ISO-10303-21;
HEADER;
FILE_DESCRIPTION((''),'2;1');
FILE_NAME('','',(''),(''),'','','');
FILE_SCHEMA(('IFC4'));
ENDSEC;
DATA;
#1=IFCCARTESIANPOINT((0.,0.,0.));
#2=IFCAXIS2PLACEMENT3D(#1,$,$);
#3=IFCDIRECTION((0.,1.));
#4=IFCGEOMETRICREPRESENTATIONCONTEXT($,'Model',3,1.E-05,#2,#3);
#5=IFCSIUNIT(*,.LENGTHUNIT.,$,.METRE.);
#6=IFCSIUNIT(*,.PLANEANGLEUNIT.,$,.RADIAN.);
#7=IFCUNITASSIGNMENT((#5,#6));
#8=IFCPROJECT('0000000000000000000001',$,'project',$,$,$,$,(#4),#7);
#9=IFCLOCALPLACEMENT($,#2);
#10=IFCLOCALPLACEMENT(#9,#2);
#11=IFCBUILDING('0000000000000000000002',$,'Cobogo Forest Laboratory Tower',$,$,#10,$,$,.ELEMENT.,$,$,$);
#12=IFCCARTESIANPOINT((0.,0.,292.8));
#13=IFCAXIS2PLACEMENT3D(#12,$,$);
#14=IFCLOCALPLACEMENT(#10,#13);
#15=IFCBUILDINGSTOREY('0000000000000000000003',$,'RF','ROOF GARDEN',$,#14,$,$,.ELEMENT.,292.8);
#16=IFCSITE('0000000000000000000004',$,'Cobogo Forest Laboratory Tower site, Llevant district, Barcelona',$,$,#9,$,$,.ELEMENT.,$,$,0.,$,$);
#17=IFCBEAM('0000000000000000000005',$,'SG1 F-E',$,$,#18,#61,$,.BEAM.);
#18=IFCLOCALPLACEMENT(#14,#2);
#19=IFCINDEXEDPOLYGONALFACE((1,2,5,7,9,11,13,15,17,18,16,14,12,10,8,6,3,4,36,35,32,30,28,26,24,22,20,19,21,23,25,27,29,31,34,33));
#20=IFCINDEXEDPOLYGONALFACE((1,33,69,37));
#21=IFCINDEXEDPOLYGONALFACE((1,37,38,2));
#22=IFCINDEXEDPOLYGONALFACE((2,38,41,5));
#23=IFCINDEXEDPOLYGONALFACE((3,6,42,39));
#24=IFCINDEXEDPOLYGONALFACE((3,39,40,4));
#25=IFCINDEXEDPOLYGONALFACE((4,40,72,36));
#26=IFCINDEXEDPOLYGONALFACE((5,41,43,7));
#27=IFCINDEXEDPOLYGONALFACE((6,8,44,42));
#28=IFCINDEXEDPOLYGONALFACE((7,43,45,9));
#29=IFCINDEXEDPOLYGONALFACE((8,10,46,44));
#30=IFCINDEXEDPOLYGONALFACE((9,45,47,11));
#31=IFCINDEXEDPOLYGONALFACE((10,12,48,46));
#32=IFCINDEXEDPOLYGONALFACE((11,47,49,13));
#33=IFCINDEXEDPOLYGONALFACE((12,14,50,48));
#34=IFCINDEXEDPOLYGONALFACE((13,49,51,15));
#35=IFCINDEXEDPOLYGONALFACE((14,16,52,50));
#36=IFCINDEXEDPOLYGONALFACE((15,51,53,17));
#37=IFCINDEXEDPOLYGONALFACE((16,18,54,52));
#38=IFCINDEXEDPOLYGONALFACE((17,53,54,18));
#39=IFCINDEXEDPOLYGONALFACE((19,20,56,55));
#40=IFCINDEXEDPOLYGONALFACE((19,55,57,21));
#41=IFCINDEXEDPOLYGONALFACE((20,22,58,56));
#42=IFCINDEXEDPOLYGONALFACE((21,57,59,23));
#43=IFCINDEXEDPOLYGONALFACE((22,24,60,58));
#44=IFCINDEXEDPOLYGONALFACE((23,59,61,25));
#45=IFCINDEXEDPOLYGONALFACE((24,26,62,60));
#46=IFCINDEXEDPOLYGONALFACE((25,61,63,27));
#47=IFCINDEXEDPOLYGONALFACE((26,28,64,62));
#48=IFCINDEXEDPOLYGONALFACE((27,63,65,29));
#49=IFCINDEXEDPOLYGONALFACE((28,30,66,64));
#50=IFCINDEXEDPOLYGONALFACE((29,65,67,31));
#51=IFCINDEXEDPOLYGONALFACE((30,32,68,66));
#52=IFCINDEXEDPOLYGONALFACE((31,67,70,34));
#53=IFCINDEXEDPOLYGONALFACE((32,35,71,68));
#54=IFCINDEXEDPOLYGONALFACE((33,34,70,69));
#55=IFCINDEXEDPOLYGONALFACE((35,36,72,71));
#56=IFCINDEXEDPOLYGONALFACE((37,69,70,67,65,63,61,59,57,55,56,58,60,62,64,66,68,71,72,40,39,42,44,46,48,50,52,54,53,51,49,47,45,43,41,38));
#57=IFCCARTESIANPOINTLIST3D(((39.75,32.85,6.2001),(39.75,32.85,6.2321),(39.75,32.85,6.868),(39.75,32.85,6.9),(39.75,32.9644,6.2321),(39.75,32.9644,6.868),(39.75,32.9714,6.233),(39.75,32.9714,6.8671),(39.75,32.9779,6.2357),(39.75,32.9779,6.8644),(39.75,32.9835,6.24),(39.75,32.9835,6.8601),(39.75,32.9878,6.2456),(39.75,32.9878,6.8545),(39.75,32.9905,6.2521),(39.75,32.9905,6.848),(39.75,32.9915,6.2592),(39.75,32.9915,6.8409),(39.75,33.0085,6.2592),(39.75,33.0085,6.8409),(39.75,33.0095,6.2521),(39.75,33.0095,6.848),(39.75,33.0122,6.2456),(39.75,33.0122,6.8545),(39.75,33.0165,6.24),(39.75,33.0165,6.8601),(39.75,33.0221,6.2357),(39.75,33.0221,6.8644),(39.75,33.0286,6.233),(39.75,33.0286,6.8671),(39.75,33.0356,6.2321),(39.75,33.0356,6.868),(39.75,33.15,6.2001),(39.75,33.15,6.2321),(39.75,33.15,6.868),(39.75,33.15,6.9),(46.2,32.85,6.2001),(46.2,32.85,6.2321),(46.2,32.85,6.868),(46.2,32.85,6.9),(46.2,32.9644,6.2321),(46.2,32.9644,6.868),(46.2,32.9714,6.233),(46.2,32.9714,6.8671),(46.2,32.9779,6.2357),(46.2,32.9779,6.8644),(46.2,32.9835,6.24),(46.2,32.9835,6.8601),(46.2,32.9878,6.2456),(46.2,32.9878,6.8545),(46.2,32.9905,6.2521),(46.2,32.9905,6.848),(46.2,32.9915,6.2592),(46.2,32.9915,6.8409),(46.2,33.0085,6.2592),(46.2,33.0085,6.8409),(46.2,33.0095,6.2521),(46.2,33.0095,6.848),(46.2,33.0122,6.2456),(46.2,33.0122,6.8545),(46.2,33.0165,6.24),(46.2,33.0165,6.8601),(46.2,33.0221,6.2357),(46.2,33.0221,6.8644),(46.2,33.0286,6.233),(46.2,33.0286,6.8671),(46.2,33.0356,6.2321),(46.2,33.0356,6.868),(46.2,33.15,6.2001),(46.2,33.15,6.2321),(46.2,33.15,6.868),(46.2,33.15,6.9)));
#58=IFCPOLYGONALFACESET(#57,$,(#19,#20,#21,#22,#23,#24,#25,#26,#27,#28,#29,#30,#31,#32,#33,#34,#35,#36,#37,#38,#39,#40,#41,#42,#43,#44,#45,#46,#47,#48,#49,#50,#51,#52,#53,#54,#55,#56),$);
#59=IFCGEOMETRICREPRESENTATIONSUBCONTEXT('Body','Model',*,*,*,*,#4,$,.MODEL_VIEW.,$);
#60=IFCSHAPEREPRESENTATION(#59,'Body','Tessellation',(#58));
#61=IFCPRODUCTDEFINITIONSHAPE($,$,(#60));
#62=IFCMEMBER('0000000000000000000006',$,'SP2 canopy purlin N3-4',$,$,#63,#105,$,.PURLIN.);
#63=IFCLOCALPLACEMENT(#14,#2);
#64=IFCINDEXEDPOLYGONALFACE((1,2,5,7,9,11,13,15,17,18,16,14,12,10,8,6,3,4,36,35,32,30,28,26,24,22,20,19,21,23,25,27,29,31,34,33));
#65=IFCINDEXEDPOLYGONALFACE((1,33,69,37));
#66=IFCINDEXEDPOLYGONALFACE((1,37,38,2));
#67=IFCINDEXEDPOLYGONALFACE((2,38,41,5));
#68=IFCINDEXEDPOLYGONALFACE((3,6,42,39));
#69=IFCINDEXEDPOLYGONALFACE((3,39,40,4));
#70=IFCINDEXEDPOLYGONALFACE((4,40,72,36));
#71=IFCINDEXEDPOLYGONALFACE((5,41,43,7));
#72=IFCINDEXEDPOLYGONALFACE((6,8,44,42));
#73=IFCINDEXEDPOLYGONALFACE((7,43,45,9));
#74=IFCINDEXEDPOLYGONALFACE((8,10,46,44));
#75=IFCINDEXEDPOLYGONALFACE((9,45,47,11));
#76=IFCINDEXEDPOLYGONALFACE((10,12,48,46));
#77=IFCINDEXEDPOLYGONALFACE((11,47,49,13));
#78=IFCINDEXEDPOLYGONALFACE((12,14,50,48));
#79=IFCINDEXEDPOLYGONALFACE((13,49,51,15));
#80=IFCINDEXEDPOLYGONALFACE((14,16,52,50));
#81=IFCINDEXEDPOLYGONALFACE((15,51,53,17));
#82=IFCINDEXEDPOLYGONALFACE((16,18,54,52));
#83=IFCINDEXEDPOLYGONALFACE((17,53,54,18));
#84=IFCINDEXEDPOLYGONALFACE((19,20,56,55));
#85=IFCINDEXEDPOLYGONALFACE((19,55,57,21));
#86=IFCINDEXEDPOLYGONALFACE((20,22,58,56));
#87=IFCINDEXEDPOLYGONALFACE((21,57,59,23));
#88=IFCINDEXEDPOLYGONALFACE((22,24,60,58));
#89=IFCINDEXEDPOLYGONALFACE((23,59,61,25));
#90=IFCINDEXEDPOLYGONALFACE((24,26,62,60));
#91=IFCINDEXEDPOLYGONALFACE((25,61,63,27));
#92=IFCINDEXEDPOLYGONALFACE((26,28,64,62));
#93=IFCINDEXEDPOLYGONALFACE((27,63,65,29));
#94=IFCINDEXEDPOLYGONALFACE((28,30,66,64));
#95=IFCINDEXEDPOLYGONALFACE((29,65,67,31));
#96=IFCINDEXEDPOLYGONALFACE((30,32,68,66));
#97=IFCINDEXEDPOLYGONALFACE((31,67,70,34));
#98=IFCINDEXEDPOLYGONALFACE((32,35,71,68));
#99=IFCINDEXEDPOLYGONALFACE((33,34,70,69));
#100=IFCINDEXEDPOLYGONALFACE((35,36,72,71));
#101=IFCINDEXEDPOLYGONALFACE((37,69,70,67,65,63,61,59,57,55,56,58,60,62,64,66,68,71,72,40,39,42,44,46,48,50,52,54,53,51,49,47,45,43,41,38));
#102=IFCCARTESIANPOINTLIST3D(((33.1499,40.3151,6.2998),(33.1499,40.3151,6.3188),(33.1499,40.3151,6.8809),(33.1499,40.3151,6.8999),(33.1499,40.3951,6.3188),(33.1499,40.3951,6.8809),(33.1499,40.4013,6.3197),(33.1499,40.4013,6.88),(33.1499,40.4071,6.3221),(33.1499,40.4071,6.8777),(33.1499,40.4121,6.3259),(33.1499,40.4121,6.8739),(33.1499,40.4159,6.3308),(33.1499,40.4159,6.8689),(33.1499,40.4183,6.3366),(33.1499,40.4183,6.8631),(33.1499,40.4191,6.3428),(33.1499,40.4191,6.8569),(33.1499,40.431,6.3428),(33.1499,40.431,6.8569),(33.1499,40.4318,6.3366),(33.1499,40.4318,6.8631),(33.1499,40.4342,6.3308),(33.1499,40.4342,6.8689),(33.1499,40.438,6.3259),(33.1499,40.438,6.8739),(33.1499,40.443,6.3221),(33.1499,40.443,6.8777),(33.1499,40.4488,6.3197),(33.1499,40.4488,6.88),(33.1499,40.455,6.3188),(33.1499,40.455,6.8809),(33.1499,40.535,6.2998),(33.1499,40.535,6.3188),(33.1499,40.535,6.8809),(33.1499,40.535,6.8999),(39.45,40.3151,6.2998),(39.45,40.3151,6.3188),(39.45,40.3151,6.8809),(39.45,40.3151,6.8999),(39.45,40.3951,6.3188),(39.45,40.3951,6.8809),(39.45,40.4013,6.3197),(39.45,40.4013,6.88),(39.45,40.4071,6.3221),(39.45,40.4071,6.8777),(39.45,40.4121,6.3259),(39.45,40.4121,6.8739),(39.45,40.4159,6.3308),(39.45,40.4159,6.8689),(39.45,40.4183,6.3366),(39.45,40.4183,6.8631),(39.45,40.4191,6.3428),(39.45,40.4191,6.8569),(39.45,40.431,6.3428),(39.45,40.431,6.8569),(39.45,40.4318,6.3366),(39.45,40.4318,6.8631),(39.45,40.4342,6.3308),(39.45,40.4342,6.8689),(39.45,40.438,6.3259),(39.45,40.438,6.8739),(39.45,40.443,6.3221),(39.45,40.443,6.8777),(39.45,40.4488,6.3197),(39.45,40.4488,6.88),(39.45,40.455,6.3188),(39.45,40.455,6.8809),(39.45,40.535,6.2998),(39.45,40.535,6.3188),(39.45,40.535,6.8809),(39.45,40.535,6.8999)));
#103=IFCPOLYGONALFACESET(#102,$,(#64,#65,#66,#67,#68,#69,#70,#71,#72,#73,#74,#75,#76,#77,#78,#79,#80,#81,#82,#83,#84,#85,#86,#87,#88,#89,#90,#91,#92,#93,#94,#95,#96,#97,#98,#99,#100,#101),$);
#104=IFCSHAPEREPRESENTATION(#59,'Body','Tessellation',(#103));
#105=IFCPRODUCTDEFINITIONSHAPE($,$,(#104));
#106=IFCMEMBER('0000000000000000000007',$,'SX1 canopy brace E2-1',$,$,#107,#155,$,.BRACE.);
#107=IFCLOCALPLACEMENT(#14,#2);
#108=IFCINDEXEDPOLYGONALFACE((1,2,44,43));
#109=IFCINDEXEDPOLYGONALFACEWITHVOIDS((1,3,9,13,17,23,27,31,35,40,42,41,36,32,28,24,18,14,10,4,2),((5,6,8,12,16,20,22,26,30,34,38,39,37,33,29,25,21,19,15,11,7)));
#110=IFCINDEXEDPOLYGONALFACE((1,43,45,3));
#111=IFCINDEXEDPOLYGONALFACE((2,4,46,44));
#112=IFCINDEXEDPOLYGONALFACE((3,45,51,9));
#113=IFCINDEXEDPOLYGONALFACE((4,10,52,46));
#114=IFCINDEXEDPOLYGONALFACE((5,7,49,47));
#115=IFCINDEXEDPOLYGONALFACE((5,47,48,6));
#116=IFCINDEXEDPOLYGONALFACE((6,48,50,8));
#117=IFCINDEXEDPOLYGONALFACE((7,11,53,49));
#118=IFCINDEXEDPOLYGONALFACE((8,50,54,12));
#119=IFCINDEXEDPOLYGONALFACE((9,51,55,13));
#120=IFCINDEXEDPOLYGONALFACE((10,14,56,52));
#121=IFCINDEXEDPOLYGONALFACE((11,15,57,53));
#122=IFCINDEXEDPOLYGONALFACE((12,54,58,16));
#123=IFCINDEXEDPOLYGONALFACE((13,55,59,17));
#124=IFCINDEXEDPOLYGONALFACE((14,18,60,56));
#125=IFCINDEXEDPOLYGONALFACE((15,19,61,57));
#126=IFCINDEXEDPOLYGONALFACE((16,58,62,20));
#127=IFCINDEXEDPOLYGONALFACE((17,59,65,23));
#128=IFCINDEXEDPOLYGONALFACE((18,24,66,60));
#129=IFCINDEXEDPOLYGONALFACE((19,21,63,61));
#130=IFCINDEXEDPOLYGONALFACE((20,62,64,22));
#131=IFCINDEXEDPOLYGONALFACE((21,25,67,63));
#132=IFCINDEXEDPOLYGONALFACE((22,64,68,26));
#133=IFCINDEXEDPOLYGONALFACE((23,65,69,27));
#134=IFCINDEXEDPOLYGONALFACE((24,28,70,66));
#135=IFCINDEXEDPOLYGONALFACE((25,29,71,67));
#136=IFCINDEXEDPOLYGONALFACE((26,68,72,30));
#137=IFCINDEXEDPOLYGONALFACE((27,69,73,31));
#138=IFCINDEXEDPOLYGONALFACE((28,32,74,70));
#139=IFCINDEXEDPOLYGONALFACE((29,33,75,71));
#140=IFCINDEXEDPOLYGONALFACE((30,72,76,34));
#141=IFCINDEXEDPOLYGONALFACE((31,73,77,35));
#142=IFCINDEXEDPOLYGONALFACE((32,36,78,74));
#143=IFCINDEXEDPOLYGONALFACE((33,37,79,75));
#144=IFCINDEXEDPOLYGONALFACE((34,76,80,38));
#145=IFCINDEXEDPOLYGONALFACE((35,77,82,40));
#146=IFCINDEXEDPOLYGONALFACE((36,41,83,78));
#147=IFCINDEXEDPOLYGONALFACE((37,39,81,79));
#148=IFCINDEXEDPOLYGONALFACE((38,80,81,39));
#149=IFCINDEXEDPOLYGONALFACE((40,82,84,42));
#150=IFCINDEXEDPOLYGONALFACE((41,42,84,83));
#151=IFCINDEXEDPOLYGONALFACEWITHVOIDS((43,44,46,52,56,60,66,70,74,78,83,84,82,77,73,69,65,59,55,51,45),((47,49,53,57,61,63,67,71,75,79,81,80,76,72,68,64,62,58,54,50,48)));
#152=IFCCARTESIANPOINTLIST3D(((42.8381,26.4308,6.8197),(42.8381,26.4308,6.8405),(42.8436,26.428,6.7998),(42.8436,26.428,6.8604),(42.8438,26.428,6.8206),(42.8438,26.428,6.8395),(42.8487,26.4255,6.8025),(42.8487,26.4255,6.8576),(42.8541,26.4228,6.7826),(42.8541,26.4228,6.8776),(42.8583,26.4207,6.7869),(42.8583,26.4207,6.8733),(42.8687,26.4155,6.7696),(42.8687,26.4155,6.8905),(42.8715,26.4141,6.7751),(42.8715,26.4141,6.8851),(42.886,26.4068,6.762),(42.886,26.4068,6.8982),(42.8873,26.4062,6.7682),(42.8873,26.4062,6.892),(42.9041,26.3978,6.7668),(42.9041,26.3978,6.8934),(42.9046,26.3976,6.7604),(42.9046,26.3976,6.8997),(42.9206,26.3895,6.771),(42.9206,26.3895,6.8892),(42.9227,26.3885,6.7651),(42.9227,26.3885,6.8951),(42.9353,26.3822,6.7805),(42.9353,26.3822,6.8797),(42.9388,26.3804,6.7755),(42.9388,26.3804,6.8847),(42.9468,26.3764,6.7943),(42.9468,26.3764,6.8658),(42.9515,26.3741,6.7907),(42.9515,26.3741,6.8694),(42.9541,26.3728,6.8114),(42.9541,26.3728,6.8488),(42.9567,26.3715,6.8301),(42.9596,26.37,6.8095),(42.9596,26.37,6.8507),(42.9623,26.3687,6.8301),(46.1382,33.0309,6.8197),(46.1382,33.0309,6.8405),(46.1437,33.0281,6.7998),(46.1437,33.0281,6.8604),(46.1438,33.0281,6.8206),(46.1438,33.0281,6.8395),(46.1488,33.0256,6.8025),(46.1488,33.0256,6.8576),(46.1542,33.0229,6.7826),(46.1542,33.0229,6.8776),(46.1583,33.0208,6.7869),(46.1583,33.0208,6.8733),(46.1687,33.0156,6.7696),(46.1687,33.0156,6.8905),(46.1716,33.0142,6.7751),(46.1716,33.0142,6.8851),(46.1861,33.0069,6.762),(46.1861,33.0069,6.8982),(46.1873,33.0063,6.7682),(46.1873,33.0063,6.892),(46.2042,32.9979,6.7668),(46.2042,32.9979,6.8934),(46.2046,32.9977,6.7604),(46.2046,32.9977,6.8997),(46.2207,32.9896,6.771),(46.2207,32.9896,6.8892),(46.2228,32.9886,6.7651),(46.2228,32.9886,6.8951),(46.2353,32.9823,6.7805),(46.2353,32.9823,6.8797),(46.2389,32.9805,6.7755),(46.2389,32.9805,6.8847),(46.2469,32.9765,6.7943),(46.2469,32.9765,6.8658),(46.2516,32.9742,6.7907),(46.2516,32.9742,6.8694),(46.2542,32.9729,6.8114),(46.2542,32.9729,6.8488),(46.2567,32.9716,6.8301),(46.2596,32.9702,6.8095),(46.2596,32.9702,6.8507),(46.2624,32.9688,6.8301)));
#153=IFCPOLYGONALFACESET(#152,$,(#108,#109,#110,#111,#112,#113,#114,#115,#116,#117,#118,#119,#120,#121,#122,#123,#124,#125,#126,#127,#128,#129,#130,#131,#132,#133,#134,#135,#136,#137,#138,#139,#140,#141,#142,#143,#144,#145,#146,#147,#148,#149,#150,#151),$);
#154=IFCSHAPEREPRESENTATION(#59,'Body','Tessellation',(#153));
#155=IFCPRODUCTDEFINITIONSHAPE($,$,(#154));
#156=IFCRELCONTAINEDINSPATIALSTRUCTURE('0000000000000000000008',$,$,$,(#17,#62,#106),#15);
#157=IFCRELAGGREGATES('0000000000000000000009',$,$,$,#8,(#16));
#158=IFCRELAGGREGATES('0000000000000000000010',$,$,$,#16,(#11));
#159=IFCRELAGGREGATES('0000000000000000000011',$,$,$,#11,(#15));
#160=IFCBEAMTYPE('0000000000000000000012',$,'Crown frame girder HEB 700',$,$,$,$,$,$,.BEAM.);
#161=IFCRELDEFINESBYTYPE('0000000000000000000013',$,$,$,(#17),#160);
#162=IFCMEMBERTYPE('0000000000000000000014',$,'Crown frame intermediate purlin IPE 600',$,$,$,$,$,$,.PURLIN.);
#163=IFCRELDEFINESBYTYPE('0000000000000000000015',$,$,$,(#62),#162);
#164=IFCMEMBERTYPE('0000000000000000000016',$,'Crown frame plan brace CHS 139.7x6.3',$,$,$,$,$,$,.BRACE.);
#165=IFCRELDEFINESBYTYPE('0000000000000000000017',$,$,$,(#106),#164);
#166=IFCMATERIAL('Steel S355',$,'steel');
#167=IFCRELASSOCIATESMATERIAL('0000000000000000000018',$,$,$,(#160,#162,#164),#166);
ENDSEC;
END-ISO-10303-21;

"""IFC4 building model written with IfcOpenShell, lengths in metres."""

from ifc_helpers import new_model, si_unit, direction, frame, origin, origin_2d, place, context, subcontext, project, spatial, hollow_circle, i_section, extrude, material, material_profile, profile_set, type_object, element, save


model = new_model("IFC4")

# Units and contexts
model_context = context("Model", 3, precision=1e-05, world=origin(), true_north=direction((0.0, 1.0)))
body_context = subcontext(model_context, "Body", "Model", "MODEL_VIEW")
ifc_project = project(units=[si_unit("LENGTHUNIT", "METRE"), si_unit("PLANEANGLEUNIT", "RADIAN")], contexts=[model_context])

# Site, building, storey
site_placement = place(None, origin())
site = spatial("IfcSite", under=ifc_project, at=site_placement, Name="Cobogo Forest Laboratory Tower site, Llevant district, Barcelona", CompositionType="ELEMENT", RefElevation=0.0)
building_placement = place(site_placement, origin())
building = spatial("IfcBuilding", under=site, at=building_placement, Name="Cobogo Forest Laboratory Tower", CompositionType="ELEMENT")
storey_placement = place(building_placement, frame((0.0, 0.0, 292.8)))
storey = spatial("IfcBuildingStorey", under=building, at=storey_placement, Name="RF", Description="ROOF GARDEN", CompositionType="ELEMENT", Elevation=292.8)

# Shared definitions
ifc_material_1 = material(Name="Steel S355", Category="steel")

# Beam
ifc_material_profile_1 = material_profile(ifc_material_1, i_section(OverallWidth=0.3, OverallDepth=0.7, WebThickness=0.0171, FlangeThickness=0.032, FilletRadius=0.0271, at=origin_2d()), Name="HEB 700")
ifc_profile_set_1 = profile_set([ifc_material_profile_1], Name="Steel S355")
beam_type_1 = type_object("IfcBeamType", Name="Crown frame girder HEB 700", PredefinedType="BEAM", material=ifc_profile_set_1)
beam_1_placement = place(storey_placement, frame((39.75, 33.0, 6.55), z_axis=(1.0, 0.0, 0.0), x_axis=(0.0, 1.0, 0.0)))
element("IfcBeam", 1, at=beam_1_placement, inside=storey, type_object=beam_type_1, Name="SG1 F-E", PredefinedType="BEAM", context=body_context, shape_type="SweptSolid", body=[
    extrude(i_section(OverallWidth=0.3, OverallDepth=0.7, WebThickness=0.0171, FlangeThickness=0.032, FilletRadius=0.0271, at=origin_2d()), origin(), (0.0, 0.0, 1.0), 6.45),
])

# Members
ifc_material_profile_2 = material_profile(ifc_material_1, i_section(OverallWidth=0.22, OverallDepth=0.6001, WebThickness=0.012, FlangeThickness=0.019, FilletRadius=0.0239, at=origin_2d()), Name="IPE 600")
ifc_profile_set_2 = profile_set([ifc_material_profile_2], Name="Steel S355")
member_type_1 = type_object("IfcMemberType", Name="Crown frame intermediate purlin IPE 600", PredefinedType="PURLIN", material=ifc_profile_set_2)
member_1_placement = place(storey_placement, frame((33.1499, 40.425, 6.5999), z_axis=(1.0, 0.0, 0.0), x_axis=(0.0, 1.0, 0.0)))
element("IfcMember", 2, at=member_1_placement, inside=storey, type_object=member_type_1, Name="SP2 canopy purlin N3-4", PredefinedType="PURLIN", context=body_context, shape_type="SweptSolid", body=[
    extrude(i_section(OverallWidth=0.22, OverallDepth=0.6001, WebThickness=0.012, FlangeThickness=0.019, FilletRadius=0.0239, at=origin_2d()), origin(), (0.0, 0.0, 1.0), 6.3),
])
ifc_material_profile_3 = material_profile(ifc_material_1, hollow_circle(Radius=0.0698, WallThickness=0.0063, at=origin_2d()), Name="CHS 139.7x6.3")
ifc_profile_set_3 = profile_set([ifc_material_profile_3], Name="Steel S355")
member_type_2 = type_object("IfcMemberType", Name="Crown frame plan brace CHS 139.7x6.3", PredefinedType="BRACE", material=ifc_profile_set_3)
member_2_placement = place(storey_placement, frame((46.2, 33.0, 6.8301), z_axis=(-0.447214, -0.894427, 0.0), x_axis=(0.894427, -0.447214, 0.0)))
element("IfcMember", 3, at=member_2_placement, inside=storey, type_object=member_type_2, Name="SX1 canopy brace E2-1", PredefinedType="BRACE", context=body_context, shape_type="SweptSolid", body=[
    extrude(hollow_circle(Radius=0.0698, WallThickness=0.0063, at=origin_2d()), origin(), (0.0, 0.0, 1.0), 7.3792),
])

save(model, "model.ifc")
